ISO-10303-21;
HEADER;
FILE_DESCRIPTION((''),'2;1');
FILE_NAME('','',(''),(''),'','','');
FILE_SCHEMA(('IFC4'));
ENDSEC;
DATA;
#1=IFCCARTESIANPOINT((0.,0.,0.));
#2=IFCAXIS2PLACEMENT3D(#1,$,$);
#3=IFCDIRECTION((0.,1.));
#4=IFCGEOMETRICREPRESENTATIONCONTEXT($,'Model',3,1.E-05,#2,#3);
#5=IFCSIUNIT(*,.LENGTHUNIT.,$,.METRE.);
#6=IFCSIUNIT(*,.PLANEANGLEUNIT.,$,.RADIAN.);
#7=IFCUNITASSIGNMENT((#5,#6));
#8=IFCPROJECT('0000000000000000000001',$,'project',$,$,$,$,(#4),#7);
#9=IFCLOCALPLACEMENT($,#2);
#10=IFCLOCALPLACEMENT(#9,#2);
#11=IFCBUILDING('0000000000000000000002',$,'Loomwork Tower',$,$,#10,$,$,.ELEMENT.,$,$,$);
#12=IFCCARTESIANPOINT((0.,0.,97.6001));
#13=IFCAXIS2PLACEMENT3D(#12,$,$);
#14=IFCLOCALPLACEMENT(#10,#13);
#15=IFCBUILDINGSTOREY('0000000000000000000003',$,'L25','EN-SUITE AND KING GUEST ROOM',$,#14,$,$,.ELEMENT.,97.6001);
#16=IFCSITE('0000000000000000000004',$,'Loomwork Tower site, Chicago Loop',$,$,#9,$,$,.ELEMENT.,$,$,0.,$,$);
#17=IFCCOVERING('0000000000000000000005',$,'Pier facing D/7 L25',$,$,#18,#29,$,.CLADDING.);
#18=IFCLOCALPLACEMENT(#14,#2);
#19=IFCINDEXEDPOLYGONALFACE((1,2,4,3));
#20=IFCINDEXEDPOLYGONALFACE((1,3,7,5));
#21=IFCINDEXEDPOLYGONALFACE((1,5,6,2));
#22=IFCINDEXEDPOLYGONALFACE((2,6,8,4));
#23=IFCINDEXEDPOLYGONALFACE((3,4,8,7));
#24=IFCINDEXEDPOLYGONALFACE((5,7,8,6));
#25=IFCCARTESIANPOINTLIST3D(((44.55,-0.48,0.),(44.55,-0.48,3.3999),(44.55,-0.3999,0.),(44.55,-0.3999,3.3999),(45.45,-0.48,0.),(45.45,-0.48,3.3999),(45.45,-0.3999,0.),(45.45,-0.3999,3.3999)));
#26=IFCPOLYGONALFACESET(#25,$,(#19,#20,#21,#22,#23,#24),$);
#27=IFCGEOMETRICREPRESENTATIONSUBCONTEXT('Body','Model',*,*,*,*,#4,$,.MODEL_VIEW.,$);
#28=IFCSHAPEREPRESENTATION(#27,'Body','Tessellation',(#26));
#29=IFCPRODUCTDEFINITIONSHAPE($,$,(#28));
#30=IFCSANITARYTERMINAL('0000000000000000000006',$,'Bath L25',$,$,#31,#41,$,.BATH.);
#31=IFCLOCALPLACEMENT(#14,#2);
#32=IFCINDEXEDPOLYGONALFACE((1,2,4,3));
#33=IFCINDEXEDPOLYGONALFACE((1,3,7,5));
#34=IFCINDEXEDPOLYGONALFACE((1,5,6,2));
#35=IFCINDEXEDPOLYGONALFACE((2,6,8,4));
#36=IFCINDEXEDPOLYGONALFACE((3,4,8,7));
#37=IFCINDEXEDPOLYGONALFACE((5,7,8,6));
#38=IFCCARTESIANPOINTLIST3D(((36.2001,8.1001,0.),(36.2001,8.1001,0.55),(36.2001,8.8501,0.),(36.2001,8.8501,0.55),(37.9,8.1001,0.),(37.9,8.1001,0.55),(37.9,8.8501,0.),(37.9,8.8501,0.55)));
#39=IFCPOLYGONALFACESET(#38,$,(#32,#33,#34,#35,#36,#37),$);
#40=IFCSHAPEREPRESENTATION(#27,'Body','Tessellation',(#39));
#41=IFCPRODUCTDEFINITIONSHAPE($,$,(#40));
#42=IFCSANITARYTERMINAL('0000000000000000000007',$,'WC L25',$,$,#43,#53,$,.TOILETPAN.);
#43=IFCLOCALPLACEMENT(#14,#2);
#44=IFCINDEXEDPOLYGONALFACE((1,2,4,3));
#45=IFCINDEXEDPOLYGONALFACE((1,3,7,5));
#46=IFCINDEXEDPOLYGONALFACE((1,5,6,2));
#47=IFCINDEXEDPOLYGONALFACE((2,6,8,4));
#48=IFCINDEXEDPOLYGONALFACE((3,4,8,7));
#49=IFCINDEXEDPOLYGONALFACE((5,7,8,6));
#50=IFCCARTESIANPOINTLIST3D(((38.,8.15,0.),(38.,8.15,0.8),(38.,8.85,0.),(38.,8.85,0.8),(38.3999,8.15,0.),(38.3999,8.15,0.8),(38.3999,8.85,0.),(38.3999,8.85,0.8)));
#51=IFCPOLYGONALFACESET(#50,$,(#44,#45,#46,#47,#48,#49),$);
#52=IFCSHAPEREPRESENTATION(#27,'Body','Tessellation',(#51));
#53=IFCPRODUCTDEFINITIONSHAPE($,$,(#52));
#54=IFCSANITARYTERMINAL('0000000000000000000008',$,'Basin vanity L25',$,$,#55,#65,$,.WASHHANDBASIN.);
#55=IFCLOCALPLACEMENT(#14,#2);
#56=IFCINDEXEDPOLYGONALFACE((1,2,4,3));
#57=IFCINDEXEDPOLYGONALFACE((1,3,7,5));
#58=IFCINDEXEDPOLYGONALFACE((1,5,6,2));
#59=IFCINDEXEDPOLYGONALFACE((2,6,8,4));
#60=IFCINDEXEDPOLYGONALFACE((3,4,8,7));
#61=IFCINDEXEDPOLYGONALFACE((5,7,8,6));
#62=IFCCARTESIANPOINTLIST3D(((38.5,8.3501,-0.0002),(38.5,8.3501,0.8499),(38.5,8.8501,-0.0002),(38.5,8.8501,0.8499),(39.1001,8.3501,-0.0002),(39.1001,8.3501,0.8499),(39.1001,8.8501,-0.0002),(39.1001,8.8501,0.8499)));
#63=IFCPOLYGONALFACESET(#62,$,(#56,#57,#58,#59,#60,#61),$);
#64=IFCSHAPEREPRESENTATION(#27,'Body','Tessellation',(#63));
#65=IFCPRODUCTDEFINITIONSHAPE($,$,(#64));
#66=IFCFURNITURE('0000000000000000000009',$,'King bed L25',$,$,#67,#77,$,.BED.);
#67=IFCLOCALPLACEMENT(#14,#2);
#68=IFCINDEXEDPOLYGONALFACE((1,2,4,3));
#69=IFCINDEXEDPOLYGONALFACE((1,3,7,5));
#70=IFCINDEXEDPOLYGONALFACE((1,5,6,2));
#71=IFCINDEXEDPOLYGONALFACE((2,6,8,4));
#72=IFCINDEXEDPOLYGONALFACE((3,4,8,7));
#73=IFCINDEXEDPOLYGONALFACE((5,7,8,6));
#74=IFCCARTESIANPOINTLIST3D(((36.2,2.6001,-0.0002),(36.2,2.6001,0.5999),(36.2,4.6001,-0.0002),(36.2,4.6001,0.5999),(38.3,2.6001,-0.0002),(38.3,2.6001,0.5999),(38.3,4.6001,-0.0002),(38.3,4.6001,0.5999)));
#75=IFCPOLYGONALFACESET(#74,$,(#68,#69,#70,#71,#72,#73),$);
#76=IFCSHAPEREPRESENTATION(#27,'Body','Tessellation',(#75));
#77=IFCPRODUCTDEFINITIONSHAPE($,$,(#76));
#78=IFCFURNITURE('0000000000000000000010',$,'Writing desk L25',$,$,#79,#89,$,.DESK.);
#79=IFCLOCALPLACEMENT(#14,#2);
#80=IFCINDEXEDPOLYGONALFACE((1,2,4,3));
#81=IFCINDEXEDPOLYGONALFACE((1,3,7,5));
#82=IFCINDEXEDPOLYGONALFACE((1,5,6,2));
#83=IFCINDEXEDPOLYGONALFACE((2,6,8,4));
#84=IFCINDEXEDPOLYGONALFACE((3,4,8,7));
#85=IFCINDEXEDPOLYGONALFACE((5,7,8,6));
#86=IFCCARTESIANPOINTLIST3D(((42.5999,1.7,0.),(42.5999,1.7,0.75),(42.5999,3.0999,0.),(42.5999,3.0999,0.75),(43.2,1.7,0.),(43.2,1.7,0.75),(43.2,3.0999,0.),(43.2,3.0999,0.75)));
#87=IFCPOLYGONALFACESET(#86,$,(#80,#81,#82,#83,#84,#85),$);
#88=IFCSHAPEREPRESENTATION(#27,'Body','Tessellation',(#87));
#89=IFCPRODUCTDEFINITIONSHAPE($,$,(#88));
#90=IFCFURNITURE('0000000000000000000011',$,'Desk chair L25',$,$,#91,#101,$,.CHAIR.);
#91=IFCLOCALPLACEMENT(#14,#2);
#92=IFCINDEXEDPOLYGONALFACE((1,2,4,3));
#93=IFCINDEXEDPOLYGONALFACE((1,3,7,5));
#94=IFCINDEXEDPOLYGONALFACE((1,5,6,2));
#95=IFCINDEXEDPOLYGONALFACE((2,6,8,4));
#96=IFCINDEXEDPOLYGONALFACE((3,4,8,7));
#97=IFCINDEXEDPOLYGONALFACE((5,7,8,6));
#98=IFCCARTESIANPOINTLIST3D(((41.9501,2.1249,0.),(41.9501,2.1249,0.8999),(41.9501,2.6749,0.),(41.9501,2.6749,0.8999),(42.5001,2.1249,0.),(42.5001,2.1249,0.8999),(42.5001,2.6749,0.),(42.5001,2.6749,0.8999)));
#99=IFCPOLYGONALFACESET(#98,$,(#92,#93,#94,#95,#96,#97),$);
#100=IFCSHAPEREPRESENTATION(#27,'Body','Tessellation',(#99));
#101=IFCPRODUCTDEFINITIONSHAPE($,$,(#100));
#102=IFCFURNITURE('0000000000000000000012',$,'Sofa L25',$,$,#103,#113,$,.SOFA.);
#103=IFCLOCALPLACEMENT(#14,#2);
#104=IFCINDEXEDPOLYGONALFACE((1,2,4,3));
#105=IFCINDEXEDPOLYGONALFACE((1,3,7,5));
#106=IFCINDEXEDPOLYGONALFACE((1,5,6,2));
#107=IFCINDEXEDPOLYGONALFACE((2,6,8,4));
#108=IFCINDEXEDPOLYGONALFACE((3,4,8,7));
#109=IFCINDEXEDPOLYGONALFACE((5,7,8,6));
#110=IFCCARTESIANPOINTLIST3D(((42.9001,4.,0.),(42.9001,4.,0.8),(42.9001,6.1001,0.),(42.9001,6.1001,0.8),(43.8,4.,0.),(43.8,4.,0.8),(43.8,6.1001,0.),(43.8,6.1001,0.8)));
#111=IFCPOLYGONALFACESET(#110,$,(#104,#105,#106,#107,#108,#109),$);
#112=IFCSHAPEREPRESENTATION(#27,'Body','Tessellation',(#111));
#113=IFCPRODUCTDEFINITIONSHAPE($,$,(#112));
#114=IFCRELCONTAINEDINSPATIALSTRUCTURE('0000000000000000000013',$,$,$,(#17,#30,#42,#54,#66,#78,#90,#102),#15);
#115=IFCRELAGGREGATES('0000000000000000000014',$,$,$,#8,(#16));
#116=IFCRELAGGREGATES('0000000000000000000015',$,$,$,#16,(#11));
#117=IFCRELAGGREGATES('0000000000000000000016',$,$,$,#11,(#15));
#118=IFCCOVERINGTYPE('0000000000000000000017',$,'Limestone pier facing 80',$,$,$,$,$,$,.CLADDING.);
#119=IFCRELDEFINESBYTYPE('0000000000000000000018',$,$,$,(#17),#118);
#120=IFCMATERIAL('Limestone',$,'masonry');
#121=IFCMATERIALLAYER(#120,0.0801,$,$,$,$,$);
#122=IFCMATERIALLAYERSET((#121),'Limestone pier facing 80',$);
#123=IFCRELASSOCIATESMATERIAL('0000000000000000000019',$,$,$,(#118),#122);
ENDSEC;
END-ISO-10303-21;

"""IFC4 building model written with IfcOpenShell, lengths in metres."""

from ifc_helpers import new_model, si_unit, direction, frame, origin, origin_2d, place, context, subcontext, project, spatial, rectangle, extrude, material, layer, layer_set, type_object, element, save


model = new_model("IFC4")

# Units and contexts
model_context = context("Model", 3, precision=1e-05, world=origin(), true_north=direction((0.0, 1.0)))
body_context = subcontext(model_context, "Body", "Model", "MODEL_VIEW")
ifc_project = project(units=[si_unit("LENGTHUNIT", "METRE"), si_unit("PLANEANGLEUNIT", "RADIAN")], contexts=[model_context])

# Site, building, storey
site_placement = place(None, origin())
site = spatial("IfcSite", under=ifc_project, at=site_placement, Name="Loomwork Tower site, Chicago Loop", CompositionType="ELEMENT", RefElevation=0.0)
building_placement = place(site_placement, origin())
building = spatial("IfcBuilding", under=site, at=building_placement, Name="Loomwork Tower", CompositionType="ELEMENT")
storey_placement = place(building_placement, frame((0.0, 0.0, 97.6001)))
storey = spatial("IfcBuildingStorey", under=building, at=storey_placement, Name="L25", Description="EN-SUITE AND KING GUEST ROOM", CompositionType="ELEMENT", Elevation=97.6001)

# Covering
ifc_material_1 = material(Name="Limestone", Category="masonry")
ifc_layer_1 = layer(ifc_material_1, 0.0801)
ifc_layer_set_1 = layer_set([ifc_layer_1], Name="Limestone pier facing 80")
covering_type = type_object("IfcCoveringType", Name="Limestone pier facing 80", PredefinedType="CLADDING", material=ifc_layer_set_1)
covering_placement = place(storey_placement, frame((45.0, -0.4399, 0.0), z_axis=(0.0, 0.0, 1.0), x_axis=(1.0, 0.0, 0.0)))
element("IfcCovering", 1, at=covering_placement, inside=storey, type_object=covering_type, Name="Pier facing D/7 L25", PredefinedType="CLADDING", context=body_context, shape_type="SweptSolid", body=[
    extrude(rectangle(XDim=0.8999, YDim=0.0801, at=origin_2d()), origin(), (0.0, 0.0, 1.0), 3.3999),
])

# Sanitary terminals
sanitary_terminal_1_placement = place(storey_placement, frame((37.05, 8.4751, 0.0), z_axis=(0.0, 0.0, 1.0), x_axis=(1.0, 0.0, 0.0)))
element("IfcSanitaryTerminal", 2, at=sanitary_terminal_1_placement, inside=storey, Name="Bath L25", PredefinedType="BATH", context=body_context, shape_type="SweptSolid", body=[
    extrude(rectangle(XDim=1.7, YDim=0.75, at=origin_2d()), origin(), (0.0, 0.0, 1.0), 0.55),
])
sanitary_terminal_2_placement = place(storey_placement, frame((38.2, 8.5, 0.0), z_axis=(0.0, 0.0, 1.0), x_axis=(1.0, 0.0, 0.0)))
element("IfcSanitaryTerminal", 3, at=sanitary_terminal_2_placement, inside=storey, Name="WC L25", PredefinedType="TOILETPAN", context=body_context, shape_type="SweptSolid", body=[
    extrude(rectangle(XDim=0.3999, YDim=0.7, at=origin_2d()), origin(), (0.0, 0.0, 1.0), 0.8),
])
sanitary_terminal_3_placement = place(storey_placement, frame((38.8, 8.6001, -0.0002), z_axis=(0.0, 0.0, 1.0), x_axis=(1.0, 0.0, 0.0)))
element("IfcSanitaryTerminal", 4, at=sanitary_terminal_3_placement, inside=storey, Name="Basin vanity L25", PredefinedType="WASHHANDBASIN", context=body_context, shape_type="SweptSolid", body=[
    extrude(rectangle(XDim=0.6001, YDim=0.5, at=origin_2d()), origin(), (0.0, 0.0, 1.0), 0.8501),
])

# Furniture
furniture_1_placement = place(storey_placement, frame((37.25, 3.6001, -0.0002), z_axis=(0.0, 0.0, 1.0), x_axis=(1.0, 0.0, 0.0)))
element("IfcFurniture", 5, at=furniture_1_placement, inside=storey, Name="King bed L25", PredefinedType="BED", context=body_context, shape_type="SweptSolid", body=[
    extrude(rectangle(XDim=2.1001, YDim=2.0, at=origin_2d()), origin(), (0.0, 0.0, 1.0), 0.6001),
])
furniture_2_placement = place(storey_placement, frame((42.8999, 2.3999, 0.0), z_axis=(0.0, 0.0, 1.0), x_axis=(1.0, 0.0, 0.0)))
element("IfcFurniture", 6, at=furniture_2_placement, inside=storey, Name="Writing desk L25", PredefinedType="DESK", context=body_context, shape_type="SweptSolid", body=[
    extrude(rectangle(XDim=0.6001, YDim=1.3999, at=origin_2d()), origin(), (0.0, 0.0, 1.0), 0.75),
])
furniture_3_placement = place(storey_placement, frame((42.2251, 2.3999, 0.0), z_axis=(0.0, 0.0, 1.0), x_axis=(1.0, 0.0, 0.0)))
element("IfcFurniture", 7, at=furniture_3_placement, inside=storey, Name="Desk chair L25", PredefinedType="CHAIR", context=body_context, shape_type="SweptSolid", body=[
    extrude(rectangle(XDim=0.55, YDim=0.55, at=origin_2d()), origin(), (0.0, 0.0, 1.0), 0.8999),
])
furniture_4_placement = place(storey_placement, frame((43.3501, 5.05, 0.0), z_axis=(0.0, 0.0, 1.0), x_axis=(1.0, 0.0, 0.0)))
element("IfcFurniture", 8, at=furniture_4_placement, inside=storey, Name="Sofa L25", PredefinedType="SOFA", context=body_context, shape_type="SweptSolid", body=[
    extrude(rectangle(XDim=0.8999, YDim=2.1001, at=origin_2d()), origin(), (0.0, 0.0, 1.0), 0.8),
])

save(model, "model.ifc")
